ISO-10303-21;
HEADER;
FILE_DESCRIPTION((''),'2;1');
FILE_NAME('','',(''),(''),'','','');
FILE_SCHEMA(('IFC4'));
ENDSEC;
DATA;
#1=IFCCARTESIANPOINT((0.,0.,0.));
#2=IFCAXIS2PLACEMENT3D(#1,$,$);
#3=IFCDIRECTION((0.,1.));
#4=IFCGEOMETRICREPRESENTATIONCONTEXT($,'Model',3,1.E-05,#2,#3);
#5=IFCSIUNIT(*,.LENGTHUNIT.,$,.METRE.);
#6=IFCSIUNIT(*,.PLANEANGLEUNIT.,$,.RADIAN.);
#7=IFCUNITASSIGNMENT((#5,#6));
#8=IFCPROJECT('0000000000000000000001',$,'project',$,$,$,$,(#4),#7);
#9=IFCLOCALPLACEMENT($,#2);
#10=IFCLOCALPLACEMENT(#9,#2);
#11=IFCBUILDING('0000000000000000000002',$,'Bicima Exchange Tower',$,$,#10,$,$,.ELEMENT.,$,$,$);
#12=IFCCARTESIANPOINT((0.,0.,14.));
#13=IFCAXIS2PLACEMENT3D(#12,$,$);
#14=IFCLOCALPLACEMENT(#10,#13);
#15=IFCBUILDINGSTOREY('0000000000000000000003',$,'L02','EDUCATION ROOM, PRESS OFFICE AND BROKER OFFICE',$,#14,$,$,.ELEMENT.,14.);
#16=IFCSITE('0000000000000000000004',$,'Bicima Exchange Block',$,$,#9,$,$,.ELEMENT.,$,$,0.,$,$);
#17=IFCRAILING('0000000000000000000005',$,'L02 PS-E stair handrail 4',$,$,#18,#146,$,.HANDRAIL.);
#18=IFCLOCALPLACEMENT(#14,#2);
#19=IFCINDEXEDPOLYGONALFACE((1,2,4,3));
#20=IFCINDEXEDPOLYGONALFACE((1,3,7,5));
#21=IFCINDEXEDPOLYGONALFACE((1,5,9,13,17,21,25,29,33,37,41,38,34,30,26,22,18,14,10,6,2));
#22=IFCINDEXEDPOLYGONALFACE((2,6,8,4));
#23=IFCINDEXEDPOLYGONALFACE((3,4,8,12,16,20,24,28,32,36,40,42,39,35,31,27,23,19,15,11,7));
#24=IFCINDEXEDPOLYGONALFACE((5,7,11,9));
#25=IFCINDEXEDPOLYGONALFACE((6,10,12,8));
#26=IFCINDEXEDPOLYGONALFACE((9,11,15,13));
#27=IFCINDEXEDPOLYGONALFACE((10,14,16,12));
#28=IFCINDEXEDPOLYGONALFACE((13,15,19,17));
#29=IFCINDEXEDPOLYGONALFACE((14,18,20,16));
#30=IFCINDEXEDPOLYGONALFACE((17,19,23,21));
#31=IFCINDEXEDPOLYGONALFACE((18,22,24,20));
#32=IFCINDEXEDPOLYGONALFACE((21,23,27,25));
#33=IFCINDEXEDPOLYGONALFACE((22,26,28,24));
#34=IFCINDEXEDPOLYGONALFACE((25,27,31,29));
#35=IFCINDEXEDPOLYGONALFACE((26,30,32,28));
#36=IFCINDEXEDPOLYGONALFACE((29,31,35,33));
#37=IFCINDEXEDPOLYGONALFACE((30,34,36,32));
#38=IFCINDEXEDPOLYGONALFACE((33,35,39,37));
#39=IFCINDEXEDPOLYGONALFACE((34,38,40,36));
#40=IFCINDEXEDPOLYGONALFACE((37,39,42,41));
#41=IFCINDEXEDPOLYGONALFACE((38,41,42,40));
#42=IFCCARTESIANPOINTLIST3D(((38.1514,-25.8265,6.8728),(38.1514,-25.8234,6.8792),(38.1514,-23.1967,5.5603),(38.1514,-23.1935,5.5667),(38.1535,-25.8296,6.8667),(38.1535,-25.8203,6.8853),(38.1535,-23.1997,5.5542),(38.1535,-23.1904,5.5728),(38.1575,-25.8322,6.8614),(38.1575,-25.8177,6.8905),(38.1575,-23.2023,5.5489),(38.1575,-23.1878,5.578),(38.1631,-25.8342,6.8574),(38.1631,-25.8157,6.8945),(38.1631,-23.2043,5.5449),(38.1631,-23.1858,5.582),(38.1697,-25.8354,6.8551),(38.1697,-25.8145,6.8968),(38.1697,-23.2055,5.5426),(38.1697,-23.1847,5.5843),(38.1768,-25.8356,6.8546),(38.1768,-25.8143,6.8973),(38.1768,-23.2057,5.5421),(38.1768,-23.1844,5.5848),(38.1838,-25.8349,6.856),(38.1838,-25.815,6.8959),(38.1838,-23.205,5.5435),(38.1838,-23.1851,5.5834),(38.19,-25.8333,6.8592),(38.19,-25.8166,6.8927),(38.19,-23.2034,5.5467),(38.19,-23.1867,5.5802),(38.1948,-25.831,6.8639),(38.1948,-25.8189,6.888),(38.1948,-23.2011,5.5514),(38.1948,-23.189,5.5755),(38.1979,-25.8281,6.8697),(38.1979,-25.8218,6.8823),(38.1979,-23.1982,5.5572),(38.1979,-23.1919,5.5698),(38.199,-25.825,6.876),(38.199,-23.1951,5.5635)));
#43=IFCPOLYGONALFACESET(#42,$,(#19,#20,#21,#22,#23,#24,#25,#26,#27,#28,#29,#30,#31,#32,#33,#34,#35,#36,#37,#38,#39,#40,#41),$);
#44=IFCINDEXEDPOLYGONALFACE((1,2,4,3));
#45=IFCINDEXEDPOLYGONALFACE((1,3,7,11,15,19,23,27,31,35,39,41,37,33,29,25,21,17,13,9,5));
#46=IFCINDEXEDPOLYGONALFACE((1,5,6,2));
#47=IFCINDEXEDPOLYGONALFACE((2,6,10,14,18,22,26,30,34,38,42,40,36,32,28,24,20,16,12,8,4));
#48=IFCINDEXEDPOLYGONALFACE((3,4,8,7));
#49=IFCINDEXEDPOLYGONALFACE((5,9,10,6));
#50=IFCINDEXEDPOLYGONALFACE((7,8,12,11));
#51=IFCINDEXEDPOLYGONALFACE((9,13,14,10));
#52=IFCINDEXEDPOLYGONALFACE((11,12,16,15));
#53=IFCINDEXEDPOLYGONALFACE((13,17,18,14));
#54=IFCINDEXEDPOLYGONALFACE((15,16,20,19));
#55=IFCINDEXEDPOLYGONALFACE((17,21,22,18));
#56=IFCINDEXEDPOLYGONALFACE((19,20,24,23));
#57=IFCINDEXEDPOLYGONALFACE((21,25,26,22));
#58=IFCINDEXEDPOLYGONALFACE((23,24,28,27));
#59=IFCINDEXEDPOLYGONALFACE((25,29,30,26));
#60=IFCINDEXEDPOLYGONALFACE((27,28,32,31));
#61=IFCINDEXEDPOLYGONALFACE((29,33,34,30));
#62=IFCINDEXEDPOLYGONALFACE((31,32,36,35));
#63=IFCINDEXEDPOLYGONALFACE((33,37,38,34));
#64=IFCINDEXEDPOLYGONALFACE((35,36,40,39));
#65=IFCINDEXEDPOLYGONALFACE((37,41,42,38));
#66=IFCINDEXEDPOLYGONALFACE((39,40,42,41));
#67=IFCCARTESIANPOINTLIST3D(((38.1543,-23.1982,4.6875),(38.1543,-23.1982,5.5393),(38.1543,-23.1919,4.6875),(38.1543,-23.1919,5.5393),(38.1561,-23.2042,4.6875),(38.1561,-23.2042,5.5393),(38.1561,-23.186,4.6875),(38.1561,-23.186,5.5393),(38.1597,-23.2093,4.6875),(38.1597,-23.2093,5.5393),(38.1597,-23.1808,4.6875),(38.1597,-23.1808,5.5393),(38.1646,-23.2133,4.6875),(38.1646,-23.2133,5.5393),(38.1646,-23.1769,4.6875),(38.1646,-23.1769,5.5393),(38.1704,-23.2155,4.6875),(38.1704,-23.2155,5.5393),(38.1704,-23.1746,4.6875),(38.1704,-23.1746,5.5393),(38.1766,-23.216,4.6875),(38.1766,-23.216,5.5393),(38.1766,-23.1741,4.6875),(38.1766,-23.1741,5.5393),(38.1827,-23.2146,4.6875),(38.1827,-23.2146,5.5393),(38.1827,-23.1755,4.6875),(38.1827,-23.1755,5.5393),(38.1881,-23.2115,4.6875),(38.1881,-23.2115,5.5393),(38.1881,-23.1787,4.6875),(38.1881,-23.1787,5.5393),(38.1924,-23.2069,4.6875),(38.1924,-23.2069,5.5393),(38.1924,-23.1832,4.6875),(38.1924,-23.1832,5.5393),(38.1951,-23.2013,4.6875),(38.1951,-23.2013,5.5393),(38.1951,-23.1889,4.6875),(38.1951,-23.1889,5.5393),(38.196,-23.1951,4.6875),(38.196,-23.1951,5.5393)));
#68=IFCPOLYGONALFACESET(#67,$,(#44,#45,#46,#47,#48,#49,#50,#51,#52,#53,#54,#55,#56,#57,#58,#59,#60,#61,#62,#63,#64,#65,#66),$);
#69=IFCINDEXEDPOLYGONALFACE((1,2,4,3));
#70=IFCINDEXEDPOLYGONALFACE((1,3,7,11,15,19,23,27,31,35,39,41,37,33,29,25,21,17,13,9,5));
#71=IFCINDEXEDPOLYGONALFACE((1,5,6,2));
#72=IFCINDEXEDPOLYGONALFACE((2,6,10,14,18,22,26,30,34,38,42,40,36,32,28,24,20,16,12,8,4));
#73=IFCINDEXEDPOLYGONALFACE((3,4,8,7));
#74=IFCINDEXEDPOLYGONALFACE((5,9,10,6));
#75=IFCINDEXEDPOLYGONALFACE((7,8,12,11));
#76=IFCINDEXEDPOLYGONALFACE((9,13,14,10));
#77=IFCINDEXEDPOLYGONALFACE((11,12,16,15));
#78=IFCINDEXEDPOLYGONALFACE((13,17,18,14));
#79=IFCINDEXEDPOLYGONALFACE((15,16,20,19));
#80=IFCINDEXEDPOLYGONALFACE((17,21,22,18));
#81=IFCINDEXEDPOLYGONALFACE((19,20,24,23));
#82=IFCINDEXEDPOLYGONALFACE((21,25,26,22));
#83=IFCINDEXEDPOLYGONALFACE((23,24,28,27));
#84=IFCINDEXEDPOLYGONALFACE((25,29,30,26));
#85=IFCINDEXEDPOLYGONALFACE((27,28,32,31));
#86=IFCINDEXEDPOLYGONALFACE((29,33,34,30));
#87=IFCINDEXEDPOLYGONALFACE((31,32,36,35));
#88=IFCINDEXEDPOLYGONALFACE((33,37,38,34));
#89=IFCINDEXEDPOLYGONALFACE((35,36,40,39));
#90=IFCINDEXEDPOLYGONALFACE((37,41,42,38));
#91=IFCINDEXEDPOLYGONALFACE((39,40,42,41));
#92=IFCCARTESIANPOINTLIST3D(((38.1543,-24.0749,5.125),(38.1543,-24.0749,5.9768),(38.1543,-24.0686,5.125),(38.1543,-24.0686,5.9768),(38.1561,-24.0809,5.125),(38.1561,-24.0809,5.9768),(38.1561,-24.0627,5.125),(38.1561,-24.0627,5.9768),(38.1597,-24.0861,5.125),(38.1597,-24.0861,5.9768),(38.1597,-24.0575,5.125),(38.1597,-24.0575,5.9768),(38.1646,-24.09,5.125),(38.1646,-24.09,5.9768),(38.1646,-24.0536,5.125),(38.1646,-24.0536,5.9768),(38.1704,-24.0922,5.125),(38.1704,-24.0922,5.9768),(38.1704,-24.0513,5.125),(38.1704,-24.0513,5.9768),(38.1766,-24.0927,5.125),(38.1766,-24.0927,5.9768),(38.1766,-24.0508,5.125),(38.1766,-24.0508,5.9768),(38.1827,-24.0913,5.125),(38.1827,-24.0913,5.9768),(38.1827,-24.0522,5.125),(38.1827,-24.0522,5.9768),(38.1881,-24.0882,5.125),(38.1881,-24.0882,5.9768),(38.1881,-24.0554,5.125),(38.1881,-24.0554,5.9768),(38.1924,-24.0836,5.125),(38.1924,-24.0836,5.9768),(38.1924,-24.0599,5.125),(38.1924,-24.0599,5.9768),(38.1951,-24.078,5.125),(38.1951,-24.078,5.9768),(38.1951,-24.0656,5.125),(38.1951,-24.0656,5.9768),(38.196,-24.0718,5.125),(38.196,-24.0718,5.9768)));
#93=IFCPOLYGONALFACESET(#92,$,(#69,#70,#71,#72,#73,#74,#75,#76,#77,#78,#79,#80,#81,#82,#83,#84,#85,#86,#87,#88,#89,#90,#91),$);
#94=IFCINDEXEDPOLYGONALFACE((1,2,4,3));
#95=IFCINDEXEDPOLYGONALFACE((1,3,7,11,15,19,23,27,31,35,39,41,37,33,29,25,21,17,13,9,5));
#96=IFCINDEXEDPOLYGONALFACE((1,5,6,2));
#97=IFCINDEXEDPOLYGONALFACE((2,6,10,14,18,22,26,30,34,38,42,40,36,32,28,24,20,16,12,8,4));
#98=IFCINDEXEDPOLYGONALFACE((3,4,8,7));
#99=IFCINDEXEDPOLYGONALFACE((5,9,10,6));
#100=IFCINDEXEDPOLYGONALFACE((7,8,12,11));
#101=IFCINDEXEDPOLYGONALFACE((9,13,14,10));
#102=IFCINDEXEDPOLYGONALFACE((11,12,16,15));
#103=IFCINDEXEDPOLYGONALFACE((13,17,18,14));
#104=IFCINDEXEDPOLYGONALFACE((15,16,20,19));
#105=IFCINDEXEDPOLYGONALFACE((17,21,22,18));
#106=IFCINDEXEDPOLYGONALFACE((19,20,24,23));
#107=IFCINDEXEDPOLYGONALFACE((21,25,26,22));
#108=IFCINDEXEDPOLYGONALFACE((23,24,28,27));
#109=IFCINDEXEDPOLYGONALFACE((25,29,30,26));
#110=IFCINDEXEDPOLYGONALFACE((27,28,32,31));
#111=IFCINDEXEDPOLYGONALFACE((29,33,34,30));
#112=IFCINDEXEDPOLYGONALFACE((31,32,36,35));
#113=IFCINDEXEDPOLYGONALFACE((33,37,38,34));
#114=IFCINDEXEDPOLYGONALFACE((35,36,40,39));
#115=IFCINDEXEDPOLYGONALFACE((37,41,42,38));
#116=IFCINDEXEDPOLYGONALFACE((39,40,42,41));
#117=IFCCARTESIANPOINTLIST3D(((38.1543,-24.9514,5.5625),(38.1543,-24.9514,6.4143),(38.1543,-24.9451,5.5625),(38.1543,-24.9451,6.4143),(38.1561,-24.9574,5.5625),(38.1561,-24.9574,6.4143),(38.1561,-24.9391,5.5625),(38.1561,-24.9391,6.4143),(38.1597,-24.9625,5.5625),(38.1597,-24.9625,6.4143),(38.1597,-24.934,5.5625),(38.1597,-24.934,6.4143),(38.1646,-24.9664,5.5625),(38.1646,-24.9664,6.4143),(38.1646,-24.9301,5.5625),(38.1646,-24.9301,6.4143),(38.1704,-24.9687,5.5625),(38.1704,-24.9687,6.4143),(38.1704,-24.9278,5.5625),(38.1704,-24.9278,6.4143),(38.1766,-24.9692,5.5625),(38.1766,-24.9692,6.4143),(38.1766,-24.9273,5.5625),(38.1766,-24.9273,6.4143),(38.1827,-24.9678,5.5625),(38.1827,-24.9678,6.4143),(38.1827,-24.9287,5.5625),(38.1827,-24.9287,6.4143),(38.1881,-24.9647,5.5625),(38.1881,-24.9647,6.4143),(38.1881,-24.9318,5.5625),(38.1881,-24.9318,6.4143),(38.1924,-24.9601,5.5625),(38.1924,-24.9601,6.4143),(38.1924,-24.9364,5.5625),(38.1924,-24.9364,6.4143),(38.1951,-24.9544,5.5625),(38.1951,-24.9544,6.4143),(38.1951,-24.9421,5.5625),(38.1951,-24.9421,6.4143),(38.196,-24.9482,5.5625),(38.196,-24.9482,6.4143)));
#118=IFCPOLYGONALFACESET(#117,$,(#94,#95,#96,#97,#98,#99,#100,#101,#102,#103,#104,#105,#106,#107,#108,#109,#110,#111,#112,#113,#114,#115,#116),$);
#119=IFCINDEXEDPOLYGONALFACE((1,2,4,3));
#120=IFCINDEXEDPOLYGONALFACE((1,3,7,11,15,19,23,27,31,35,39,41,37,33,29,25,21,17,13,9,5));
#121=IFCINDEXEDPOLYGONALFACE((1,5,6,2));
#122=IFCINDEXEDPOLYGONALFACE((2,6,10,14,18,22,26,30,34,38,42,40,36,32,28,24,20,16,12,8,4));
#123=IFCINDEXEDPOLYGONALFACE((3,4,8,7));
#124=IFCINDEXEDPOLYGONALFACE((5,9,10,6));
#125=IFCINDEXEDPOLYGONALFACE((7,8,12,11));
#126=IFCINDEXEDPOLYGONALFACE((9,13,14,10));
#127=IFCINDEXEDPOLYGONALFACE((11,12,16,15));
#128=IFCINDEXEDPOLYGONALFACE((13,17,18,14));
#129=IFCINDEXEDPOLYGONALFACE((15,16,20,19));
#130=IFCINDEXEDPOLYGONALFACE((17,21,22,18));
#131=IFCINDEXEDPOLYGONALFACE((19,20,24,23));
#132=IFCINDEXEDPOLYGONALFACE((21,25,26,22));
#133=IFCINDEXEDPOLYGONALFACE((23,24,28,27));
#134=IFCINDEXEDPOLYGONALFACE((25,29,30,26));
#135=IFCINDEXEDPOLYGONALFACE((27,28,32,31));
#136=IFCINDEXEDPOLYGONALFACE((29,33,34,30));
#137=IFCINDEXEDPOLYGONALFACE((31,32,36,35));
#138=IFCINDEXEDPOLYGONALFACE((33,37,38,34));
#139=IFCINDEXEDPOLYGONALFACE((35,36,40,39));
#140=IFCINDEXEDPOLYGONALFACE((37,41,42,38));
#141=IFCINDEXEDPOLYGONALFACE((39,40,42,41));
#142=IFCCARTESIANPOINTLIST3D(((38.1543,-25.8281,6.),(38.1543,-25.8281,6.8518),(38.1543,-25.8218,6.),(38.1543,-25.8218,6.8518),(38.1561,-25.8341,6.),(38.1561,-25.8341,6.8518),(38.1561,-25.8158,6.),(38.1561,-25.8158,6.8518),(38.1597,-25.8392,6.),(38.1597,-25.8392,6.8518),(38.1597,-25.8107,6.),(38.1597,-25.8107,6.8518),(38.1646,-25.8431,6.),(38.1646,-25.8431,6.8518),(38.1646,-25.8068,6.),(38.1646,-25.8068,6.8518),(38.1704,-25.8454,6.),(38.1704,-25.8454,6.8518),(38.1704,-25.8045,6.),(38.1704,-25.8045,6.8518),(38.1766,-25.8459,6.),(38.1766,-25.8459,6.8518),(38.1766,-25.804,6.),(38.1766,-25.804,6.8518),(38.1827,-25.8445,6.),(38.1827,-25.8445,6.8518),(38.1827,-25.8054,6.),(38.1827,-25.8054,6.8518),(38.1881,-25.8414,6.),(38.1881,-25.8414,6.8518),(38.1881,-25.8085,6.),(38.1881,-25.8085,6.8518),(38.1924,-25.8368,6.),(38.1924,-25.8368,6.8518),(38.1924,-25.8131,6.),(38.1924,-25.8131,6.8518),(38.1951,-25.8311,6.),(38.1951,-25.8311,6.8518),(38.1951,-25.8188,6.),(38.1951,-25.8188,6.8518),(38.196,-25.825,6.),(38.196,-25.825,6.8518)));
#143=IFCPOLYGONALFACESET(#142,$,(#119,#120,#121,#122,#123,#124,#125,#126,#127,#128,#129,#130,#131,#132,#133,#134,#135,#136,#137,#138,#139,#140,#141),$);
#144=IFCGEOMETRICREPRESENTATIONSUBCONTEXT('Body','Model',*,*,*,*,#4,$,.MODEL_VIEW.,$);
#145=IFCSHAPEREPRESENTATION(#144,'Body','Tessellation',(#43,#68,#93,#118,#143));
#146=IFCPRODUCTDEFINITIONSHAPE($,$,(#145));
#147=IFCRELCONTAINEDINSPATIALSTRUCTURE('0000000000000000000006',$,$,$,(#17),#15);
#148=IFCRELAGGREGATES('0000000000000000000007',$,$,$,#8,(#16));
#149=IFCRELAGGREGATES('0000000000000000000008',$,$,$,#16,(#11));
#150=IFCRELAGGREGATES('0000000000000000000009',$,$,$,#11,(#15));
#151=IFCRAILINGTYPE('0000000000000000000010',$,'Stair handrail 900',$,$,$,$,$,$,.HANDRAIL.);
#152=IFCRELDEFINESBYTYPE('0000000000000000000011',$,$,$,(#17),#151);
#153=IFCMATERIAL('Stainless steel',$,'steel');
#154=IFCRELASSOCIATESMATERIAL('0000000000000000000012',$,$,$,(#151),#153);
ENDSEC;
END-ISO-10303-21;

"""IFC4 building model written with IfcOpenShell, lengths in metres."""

from ifc_helpers import new_model, si_unit, direction, frame, origin, origin_2d, place, context, subcontext, project, spatial, circle, extrude, material, type_object, element, save


model = new_model("IFC4")

# Units and contexts
model_context = context("Model", 3, precision=1e-05, world=origin(), true_north=direction((0.0, 1.0)))
body_context = subcontext(model_context, "Body", "Model", "MODEL_VIEW")
ifc_project = project(units=[si_unit("LENGTHUNIT", "METRE"), si_unit("PLANEANGLEUNIT", "RADIAN")], contexts=[model_context])

# Site, building, storey
site_placement = place(None, origin())
site = spatial("IfcSite", under=ifc_project, at=site_placement, Name="Bicima Exchange Block", CompositionType="ELEMENT", RefElevation=0.0)
building_placement = place(site_placement, origin())
building = spatial("IfcBuilding", under=site, at=building_placement, Name="Bicima Exchange Tower", CompositionType="ELEMENT")
storey_placement = place(building_placement, frame((0.0, 0.0, 14.0)))
storey = spatial("IfcBuildingStorey", under=building, at=storey_placement, Name="L02", Description="EDUCATION ROOM, PRESS OFFICE AND BROKER OFFICE", CompositionType="ELEMENT", Elevation=14.0)

# Railing
ifc_material_1 = material(Name="Stainless steel", Category="steel")
railing_type_1 = type_object("IfcRailingType", Name="Stair handrail 900", PredefinedType="HANDRAIL", material=ifc_material_1)
railing_1_placement = place(storey_placement, frame((38.175, -23.1951, 4.6875)))
element("IfcRailing", 1, at=railing_1_placement, inside=storey, type_object=railing_type_1, Name="L02 PS-E stair handrail 4", PredefinedType="HANDRAIL", context=body_context, shape_type="SweptSolid", body=[
    extrude(circle(Radius=0.0239, at=origin_2d()), frame((0.0, 0.0, 0.876), z_axis=(0.0, -0.894759, 0.446549), x_axis=(1.0, 0.0, 0.0)), (0.0, 0.0, 1.0), 2.9392),
    extrude(circle(Radius=0.021, at=origin_2d()), origin(), (0.0, 0.0, 1.0), 0.8518),
    extrude(circle(Radius=0.021, at=origin_2d()), frame((0.0, -0.8767, 0.4375)), (0.0, 0.0, 1.0), 0.8518),
    extrude(circle(Radius=0.021, at=origin_2d()), frame((0.0, -1.7532, 0.875)), (0.0, 0.0, 1.0), 0.8518),
    extrude(circle(Radius=0.021, at=origin_2d()), frame((0.0, -2.6299, 1.3125)), (0.0, 0.0, 1.0), 0.8518),
])

save(model, "model.ifc")
